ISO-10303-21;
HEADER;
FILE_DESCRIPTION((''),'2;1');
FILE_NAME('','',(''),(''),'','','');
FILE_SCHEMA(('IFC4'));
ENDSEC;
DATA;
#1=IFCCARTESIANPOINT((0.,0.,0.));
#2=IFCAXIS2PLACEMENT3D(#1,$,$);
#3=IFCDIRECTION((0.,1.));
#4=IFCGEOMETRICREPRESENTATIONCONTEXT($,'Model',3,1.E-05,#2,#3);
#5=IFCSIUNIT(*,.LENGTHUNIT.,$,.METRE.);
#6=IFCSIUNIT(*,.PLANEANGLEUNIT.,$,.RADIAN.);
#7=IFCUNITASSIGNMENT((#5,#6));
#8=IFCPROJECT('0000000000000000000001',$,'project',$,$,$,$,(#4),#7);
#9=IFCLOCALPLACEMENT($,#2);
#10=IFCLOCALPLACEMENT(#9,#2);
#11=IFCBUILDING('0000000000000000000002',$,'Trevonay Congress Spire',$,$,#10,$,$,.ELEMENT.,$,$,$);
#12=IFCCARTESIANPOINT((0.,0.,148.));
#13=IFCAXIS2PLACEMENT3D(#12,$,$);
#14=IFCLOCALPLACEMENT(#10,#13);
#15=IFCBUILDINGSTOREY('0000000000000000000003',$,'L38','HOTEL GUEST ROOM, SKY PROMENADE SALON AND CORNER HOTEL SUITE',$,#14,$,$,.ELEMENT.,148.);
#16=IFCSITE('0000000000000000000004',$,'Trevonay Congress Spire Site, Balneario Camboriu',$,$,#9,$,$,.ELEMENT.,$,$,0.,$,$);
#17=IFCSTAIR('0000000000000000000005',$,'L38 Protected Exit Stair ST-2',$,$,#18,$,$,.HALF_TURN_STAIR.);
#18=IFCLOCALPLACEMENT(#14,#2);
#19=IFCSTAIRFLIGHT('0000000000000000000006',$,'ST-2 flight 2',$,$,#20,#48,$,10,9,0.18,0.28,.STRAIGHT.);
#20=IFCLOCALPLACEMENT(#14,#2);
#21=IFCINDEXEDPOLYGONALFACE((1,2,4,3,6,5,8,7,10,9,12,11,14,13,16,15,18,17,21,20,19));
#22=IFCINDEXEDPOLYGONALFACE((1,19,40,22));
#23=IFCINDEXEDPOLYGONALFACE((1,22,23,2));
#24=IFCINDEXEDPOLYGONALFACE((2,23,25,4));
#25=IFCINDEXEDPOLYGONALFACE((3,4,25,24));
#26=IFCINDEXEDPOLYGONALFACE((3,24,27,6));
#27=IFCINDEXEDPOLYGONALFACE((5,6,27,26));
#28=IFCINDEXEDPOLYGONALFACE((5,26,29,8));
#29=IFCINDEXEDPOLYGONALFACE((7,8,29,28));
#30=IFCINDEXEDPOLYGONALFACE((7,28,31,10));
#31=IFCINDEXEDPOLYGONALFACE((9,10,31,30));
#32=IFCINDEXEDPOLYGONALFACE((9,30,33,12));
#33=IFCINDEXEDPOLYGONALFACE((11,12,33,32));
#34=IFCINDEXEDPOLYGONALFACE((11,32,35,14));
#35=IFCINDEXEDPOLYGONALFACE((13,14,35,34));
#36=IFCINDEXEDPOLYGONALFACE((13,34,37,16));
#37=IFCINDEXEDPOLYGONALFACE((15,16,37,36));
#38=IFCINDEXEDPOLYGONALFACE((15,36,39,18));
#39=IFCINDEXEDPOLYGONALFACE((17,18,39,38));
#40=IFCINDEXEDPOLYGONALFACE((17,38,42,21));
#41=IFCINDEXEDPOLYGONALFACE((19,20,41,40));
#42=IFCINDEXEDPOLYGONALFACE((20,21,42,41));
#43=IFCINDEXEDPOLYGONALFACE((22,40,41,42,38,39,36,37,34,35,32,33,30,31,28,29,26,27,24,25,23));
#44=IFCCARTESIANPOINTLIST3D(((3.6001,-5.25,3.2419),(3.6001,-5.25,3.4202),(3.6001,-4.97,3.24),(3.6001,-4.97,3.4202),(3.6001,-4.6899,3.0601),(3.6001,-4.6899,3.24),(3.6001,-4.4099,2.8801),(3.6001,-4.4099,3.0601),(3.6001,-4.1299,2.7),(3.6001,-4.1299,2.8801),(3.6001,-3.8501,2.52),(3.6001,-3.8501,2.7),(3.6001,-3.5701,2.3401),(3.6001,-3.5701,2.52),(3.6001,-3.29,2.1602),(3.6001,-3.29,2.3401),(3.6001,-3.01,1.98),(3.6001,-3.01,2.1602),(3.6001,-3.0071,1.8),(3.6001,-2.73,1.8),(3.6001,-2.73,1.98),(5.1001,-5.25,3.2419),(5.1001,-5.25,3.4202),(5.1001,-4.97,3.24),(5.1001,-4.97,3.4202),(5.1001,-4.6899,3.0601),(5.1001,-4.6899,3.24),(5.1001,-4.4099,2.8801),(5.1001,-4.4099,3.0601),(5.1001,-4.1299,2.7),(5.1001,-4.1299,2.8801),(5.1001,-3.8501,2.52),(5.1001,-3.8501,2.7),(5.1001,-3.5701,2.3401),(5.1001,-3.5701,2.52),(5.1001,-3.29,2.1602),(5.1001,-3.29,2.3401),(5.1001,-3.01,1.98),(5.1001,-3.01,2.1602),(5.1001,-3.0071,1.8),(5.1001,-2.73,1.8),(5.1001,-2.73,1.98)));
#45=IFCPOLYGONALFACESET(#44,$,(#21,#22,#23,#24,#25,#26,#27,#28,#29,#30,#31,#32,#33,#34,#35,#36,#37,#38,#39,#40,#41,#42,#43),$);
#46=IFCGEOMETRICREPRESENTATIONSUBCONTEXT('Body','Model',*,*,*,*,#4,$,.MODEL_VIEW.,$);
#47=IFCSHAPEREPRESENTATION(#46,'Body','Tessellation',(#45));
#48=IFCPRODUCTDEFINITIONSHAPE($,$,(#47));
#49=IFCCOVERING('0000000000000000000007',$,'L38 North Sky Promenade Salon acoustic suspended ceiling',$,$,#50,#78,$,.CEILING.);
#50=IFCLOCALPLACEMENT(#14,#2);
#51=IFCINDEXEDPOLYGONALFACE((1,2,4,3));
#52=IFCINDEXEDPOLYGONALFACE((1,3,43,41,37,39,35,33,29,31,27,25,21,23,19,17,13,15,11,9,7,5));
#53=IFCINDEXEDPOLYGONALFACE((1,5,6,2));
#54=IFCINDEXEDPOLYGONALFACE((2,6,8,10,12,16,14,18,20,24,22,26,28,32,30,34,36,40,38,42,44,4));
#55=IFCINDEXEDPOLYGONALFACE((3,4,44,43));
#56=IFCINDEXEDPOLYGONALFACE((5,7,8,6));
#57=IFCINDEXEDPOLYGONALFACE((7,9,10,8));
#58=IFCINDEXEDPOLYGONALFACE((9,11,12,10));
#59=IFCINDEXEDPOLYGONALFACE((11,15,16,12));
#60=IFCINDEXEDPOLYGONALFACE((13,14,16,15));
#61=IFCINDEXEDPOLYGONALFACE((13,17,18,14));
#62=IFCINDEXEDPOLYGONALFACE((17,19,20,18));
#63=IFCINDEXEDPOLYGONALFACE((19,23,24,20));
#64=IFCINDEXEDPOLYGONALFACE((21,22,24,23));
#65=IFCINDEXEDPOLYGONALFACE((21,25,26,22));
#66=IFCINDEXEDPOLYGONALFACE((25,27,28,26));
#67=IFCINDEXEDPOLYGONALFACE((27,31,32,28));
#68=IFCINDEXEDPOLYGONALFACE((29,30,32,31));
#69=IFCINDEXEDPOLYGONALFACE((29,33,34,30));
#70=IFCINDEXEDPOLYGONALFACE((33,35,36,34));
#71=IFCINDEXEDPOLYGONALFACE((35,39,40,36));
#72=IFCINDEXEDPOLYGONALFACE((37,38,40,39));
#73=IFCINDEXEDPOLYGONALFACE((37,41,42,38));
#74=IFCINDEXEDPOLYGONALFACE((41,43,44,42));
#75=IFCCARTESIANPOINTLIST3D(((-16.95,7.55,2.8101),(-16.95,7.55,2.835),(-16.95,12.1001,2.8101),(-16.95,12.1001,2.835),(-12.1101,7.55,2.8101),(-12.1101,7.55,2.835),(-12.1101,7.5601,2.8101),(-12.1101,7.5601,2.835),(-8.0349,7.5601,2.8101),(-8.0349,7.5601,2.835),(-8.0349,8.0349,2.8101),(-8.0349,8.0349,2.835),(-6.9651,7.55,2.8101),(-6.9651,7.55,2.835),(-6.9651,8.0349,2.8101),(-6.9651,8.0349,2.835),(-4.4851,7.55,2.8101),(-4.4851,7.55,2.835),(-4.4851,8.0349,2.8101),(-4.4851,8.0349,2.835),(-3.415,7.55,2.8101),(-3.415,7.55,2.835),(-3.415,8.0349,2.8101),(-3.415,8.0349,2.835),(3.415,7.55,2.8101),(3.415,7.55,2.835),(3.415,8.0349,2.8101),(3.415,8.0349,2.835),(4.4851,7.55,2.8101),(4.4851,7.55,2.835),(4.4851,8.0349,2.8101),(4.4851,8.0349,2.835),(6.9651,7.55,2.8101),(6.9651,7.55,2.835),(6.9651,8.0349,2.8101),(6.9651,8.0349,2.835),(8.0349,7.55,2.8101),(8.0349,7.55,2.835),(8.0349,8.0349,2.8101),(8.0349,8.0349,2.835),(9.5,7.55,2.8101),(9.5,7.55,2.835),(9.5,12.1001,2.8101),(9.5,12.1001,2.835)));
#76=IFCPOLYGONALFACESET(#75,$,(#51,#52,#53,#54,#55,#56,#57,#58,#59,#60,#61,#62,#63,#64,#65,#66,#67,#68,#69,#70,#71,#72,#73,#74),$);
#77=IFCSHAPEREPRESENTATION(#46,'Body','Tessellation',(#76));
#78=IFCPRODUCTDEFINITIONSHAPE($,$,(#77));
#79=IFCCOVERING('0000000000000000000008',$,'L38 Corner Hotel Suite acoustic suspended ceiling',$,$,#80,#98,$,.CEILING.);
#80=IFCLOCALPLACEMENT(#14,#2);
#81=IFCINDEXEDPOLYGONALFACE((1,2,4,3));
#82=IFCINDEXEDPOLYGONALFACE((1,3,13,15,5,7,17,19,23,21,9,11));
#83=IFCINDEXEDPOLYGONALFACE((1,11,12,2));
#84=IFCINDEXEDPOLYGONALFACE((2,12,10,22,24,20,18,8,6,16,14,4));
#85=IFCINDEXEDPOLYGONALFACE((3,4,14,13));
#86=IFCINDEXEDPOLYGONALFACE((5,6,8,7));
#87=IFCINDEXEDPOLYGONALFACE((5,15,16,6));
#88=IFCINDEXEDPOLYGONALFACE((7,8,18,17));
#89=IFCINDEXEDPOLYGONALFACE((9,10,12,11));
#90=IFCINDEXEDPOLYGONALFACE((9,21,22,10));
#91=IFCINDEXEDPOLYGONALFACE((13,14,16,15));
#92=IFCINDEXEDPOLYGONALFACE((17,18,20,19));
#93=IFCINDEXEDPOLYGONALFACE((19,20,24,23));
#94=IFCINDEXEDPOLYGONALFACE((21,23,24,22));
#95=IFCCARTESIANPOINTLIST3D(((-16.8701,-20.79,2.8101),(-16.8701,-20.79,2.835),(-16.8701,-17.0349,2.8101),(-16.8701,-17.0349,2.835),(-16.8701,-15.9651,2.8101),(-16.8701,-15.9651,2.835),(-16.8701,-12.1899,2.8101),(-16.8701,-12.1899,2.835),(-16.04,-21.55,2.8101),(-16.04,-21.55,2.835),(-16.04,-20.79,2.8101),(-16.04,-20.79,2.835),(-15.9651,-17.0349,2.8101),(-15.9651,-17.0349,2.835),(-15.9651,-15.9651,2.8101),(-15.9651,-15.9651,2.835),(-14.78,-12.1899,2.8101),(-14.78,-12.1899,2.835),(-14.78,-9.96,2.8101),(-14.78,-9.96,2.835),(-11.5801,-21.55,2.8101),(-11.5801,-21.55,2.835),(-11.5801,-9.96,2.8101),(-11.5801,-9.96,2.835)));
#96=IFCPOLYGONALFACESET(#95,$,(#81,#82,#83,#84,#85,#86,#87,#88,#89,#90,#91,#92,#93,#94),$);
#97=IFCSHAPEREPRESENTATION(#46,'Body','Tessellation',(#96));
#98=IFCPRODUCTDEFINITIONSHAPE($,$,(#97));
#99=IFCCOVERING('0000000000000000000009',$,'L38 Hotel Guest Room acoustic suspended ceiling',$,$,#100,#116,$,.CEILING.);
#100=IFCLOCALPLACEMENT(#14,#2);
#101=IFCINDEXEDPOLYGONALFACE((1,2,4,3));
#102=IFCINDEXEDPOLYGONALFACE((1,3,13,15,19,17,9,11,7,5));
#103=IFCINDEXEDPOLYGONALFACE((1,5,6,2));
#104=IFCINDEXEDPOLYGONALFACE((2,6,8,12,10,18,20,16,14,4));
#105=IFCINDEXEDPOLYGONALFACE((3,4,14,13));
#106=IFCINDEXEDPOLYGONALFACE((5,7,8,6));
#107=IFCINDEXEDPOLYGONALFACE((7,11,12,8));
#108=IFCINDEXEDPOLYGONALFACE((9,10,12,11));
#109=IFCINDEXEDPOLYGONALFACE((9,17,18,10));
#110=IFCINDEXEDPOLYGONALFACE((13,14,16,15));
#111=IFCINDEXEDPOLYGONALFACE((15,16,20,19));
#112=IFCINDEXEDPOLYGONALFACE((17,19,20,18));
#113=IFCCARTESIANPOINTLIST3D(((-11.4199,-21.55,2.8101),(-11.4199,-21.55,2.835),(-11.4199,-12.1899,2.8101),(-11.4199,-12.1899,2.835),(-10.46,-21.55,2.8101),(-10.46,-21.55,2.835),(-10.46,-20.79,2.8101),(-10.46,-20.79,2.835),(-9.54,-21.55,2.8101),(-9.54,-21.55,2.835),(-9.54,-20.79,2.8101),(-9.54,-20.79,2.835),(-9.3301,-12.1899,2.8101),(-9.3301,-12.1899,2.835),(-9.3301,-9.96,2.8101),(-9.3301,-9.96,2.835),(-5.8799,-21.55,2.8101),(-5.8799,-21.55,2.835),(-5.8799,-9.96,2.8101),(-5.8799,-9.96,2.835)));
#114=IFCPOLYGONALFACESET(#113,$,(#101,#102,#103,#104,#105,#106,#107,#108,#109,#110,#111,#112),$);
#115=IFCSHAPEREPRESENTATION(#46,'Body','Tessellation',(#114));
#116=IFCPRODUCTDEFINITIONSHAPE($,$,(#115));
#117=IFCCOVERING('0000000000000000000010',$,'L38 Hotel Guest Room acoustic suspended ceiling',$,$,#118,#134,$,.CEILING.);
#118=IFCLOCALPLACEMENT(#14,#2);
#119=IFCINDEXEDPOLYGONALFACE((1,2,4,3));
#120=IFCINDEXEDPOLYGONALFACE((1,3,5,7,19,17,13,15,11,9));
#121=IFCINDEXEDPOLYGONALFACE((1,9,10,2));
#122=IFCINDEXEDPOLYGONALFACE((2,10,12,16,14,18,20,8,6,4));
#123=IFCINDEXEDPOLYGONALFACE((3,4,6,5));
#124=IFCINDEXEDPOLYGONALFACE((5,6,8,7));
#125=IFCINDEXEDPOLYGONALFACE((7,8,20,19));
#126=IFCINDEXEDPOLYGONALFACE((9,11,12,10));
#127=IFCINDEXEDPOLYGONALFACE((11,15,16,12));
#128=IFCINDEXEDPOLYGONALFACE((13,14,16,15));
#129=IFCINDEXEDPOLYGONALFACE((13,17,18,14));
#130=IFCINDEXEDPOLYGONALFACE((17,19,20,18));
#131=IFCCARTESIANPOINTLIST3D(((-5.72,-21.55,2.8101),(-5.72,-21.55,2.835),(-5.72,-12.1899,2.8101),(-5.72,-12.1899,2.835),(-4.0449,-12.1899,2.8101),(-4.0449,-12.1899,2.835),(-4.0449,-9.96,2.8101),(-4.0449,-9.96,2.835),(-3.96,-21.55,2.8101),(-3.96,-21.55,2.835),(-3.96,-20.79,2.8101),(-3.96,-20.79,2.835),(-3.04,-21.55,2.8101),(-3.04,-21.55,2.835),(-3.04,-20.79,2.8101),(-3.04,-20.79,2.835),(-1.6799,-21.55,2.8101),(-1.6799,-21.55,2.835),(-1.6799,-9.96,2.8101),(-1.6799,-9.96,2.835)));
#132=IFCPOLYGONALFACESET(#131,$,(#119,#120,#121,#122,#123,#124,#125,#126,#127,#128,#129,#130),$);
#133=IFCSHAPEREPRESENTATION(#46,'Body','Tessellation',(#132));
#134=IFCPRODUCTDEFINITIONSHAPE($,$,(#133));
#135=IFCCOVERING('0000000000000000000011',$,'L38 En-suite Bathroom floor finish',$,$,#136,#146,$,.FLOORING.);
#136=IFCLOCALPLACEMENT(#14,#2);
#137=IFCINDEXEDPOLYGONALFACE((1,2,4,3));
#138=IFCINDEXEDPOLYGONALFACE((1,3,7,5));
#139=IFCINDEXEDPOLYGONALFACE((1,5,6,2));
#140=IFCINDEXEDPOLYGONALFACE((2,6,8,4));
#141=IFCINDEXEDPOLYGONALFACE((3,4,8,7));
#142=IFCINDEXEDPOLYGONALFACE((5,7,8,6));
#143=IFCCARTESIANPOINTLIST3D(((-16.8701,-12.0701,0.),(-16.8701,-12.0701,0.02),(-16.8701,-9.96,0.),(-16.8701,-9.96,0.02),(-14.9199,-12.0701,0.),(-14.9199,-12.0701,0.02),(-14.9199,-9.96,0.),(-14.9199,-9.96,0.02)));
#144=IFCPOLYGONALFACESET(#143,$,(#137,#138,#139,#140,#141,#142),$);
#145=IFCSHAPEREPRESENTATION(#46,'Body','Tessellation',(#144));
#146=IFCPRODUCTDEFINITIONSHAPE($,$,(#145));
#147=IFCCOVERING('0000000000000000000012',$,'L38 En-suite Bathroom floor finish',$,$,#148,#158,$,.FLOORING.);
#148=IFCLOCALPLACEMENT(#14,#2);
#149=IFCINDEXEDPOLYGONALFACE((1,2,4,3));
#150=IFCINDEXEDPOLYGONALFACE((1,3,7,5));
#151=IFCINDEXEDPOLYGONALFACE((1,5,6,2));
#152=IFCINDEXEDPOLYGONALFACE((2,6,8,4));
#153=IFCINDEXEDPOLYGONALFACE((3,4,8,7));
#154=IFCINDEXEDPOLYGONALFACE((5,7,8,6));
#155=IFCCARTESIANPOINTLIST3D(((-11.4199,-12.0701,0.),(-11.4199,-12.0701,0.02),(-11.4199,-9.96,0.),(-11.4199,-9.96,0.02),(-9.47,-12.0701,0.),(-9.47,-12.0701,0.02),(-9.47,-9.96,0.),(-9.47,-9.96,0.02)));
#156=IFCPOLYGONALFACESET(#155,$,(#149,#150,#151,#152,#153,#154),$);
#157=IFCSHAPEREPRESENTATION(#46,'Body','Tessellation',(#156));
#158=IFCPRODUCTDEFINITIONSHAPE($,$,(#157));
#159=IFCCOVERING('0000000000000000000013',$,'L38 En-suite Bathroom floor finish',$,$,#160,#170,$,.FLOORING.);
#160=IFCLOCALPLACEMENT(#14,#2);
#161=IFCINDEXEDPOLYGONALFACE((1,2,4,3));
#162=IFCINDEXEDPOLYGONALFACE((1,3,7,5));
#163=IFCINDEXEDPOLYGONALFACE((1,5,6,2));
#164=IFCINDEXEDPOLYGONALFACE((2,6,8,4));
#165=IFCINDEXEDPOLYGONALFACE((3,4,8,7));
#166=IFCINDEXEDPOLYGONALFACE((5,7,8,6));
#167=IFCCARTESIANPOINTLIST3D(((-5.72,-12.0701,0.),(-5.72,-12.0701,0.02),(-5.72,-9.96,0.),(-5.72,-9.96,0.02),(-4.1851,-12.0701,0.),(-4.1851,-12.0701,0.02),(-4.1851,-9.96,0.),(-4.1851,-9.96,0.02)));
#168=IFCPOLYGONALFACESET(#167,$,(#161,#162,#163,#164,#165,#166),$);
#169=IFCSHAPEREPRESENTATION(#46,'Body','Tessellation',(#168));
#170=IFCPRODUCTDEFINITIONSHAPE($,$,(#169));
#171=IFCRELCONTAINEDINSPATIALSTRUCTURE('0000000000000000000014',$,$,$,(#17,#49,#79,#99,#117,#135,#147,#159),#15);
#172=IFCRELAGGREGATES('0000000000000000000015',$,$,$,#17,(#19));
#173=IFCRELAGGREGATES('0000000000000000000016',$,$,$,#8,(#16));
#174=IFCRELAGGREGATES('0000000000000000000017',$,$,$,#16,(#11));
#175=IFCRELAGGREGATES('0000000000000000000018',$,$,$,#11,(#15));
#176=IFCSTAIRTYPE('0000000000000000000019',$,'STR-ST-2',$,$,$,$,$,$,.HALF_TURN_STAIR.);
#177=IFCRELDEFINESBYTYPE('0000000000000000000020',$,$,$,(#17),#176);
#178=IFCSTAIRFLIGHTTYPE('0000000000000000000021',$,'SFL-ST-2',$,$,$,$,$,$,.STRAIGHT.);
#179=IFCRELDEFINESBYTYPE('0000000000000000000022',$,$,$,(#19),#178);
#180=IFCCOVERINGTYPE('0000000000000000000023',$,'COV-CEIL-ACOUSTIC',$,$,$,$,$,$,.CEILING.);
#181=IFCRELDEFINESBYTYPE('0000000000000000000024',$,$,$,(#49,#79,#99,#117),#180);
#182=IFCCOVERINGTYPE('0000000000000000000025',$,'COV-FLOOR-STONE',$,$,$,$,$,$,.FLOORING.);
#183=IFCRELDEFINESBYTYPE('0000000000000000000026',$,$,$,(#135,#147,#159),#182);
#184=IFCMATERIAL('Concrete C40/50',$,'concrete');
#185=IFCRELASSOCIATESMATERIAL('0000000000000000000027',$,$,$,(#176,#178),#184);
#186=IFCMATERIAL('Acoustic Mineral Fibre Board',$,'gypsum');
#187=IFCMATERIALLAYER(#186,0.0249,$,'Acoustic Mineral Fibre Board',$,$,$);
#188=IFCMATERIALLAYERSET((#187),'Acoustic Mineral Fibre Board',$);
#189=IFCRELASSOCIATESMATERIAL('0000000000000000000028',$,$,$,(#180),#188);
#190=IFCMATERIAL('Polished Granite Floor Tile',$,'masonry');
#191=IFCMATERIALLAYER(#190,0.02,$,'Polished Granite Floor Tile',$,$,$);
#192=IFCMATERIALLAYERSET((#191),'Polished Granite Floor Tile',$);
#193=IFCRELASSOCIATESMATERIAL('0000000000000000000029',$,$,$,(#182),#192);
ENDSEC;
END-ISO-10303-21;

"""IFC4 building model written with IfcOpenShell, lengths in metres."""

from ifc_helpers import new_model, si_unit, direction, frame, origin, place, context, subcontext, project, spatial, polyline, outline, extrude, material, layer, layer_set, type_object, element, aggregate, save


model = new_model("IFC4")

# Units and contexts
model_context = context("Model", 3, precision=1e-05, world=origin(), true_north=direction((0.0, 1.0)))
body_context = subcontext(model_context, "Body", "Model", "MODEL_VIEW")
ifc_project = project(units=[si_unit("LENGTHUNIT", "METRE"), si_unit("PLANEANGLEUNIT", "RADIAN")], contexts=[model_context])

# Site, building, storey
site_placement = place(None, origin())
site = spatial("IfcSite", under=ifc_project, at=site_placement, Name="Trevonay Congress Spire Site, Balneario Camboriu", CompositionType="ELEMENT", RefElevation=0.0)
building_placement = place(site_placement, origin())
building = spatial("IfcBuilding", under=site, at=building_placement, Name="Trevonay Congress Spire", CompositionType="ELEMENT")
storey_placement = place(building_placement, frame((0.0, 0.0, 148.0)))
storey = spatial("IfcBuildingStorey", under=building, at=storey_placement, Name="L38", Description="HOTEL GUEST ROOM, SKY PROMENADE SALON AND CORNER HOTEL SUITE", CompositionType="ELEMENT", Elevation=148.0)

# Shared definitions
ifc_material_1 = material(Name="Concrete C40/50", Category="concrete")

# Stair, stair flight
stair_type = type_object("IfcStairType", Name="STR-ST-2", PredefinedType="HALF_TURN_STAIR", material=ifc_material_1)
stair_placement = place(storey_placement, origin())
stair = element("IfcStair", 1, at=stair_placement, inside=storey, type_object=stair_type, Name="L38 Protected Exit Stair ST-2", PredefinedType="HALF_TURN_STAIR")
stair_flight_type = type_object("IfcStairFlightType", Name="SFL-ST-2", PredefinedType="STRAIGHT", material=ifc_material_1)
stair_flight_1_placement = place(storey_placement, frame((4.3501, -2.73, 1.8), z_axis=(0.0, 0.0, 1.0), x_axis=(0.0, -1.0, 0.0)))
stair_flight_1 = element("IfcStairFlight", 2, at=stair_flight_1_placement, type_object=stair_flight_type, Name="ST-2 flight 2", NumberOfRisers=10, NumberOfTreads=9, PredefinedType="STRAIGHT", RiserHeight=0.18, TreadLength=0.28, context=body_context, shape_type="SweptSolid", body=[
    extrude(outline(polyline([(0.0, 0.0), (0.0, 0.1799), (0.28, 0.1799), (0.28, 0.3601), (0.5601, 0.3601), (0.5601, 0.54), (0.8401, 0.54), (0.8401, 0.72), (1.1201, 0.72), (1.1201, 0.8999), (1.3999, 0.8999), (1.3999, 1.0801), (1.6799, 1.0801), (1.6799, 1.26), (1.96, 1.26), (1.96, 1.4399), (2.24, 1.4399), (2.24, 1.6201), (2.52, 1.6201), (2.52, 1.8), (2.52, 1.4419), (0.2771, 0.0), (0.0, 0.0)])), frame((0.0, 0.75, 0.0), z_axis=(0.0, -1.0, 0.0), x_axis=(1.0, 0.0, 0.0)), (0.0, 0.0, 1.0), 1.5),
])
aggregate(stair, [stair_flight_1])

# Coverings
ifc_material_2 = material(Name="Acoustic Mineral Fibre Board", Category="gypsum")
ifc_layer_1 = layer(ifc_material_2, 0.0249, Name="Acoustic Mineral Fibre Board")
ifc_layer_set_1 = layer_set([ifc_layer_1], Name="Acoustic Mineral Fibre Board")
covering_type_1 = type_object("IfcCoveringType", Name="COV-CEIL-ACOUSTIC", PredefinedType="CEILING", material=ifc_layer_set_1)
covering_1_placement = place(storey_placement, frame((0.0, 0.0, 2.8101)))
element("IfcCovering", 3, at=covering_1_placement, inside=storey, type_object=covering_type_1, Name="L38 North Sky Promenade Salon acoustic suspended ceiling", PredefinedType="CEILING", context=body_context, shape_type="SweptSolid", body=[
    extrude(outline(polyline([(-16.95, 12.1001), (9.5, 12.1001), (9.5, 7.55), (8.0349, 7.55), (8.0349, 8.0349), (6.9651, 8.0349), (6.9651, 7.55), (4.4851, 7.55), (4.4851, 8.0349), (3.415, 8.0349), (3.415, 7.55), (-3.415, 7.55), (-3.415, 8.0349), (-4.4851, 8.0349), (-4.4851, 7.55), (-6.9651, 7.55), (-6.9651, 8.0349), (-8.0349, 8.0349), (-8.0349, 7.5601), (-12.1101, 7.5601), (-12.1101, 7.55), (-16.95, 7.55), (-16.95, 12.1001)])), origin(), (0.0, 0.0, 1.0), 0.0249),
])
covering_2_placement = place(storey_placement, frame((0.0, 0.0, 2.8101)))
element("IfcCovering", 4, at=covering_2_placement, inside=storey, type_object=covering_type_1, Name="L38 Corner Hotel Suite acoustic suspended ceiling", PredefinedType="CEILING", context=body_context, shape_type="SweptSolid", body=[
    extrude(outline(polyline([(-16.8701, -12.1899), (-14.78, -12.1899), (-14.78, -9.96), (-11.5801, -9.96), (-11.5801, -21.55), (-16.04, -21.55), (-16.04, -20.79), (-16.8701, -20.79), (-16.8701, -17.0349), (-15.9651, -17.0349), (-15.9651, -15.9651), (-16.8701, -15.9651), (-16.8701, -12.1899)])), origin(), (0.0, 0.0, 1.0), 0.0249),
])
covering_3_placement = place(storey_placement, frame((0.0, 0.0, 2.8101)))
element("IfcCovering", 5, at=covering_3_placement, inside=storey, type_object=covering_type_1, Name="L38 Hotel Guest Room acoustic suspended ceiling", PredefinedType="CEILING", context=body_context, shape_type="SweptSolid", body=[
    extrude(outline(polyline([(-11.4199, -21.55), (-11.4199, -12.1899), (-9.3301, -12.1899), (-9.3301, -9.96), (-5.8799, -9.96), (-5.8799, -21.55), (-9.54, -21.55), (-9.54, -20.79), (-10.46, -20.79), (-10.46, -21.55), (-11.4199, -21.55)])), origin(), (0.0, 0.0, 1.0), 0.0249),
])
covering_4_placement = place(storey_placement, frame((0.0, 0.0, 2.8101)))
element("IfcCovering", 6, at=covering_4_placement, inside=storey, type_object=covering_type_1, Name="L38 Hotel Guest Room acoustic suspended ceiling", PredefinedType="CEILING", context=body_context, shape_type="SweptSolid", body=[
    extrude(outline(polyline([(-5.72, -21.55), (-5.72, -12.1899), (-4.0449, -12.1899), (-4.0449, -9.96), (-1.6799, -9.96), (-1.6799, -21.55), (-3.04, -21.55), (-3.04, -20.79), (-3.96, -20.79), (-3.96, -21.55), (-5.72, -21.55)])), origin(), (0.0, 0.0, 1.0), 0.0249),
])
ifc_material_3 = material(Name="Polished Granite Floor Tile", Category="masonry")
ifc_layer_2 = layer(ifc_material_3, 0.02, Name="Polished Granite Floor Tile")
ifc_layer_set_2 = layer_set([ifc_layer_2], Name="Polished Granite Floor Tile")
covering_type_2 = type_object("IfcCoveringType", Name="COV-FLOOR-STONE", PredefinedType="FLOORING", material=ifc_layer_set_2)
covering_5_placement = place(storey_placement, origin())
element("IfcCovering", 7, at=covering_5_placement, inside=storey, type_object=covering_type_2, Name="L38 En-suite Bathroom floor finish", PredefinedType="FLOORING", context=body_context, shape_type="SweptSolid", body=[
    extrude(outline(polyline([(-16.8701, -12.0701), (-14.9199, -12.0701), (-14.9199, -9.96), (-16.8701, -9.96), (-16.8701, -12.0701)])), origin(), (0.0, 0.0, 1.0), 0.02),
])
covering_6_placement = place(storey_placement, origin())
element("IfcCovering", 8, at=covering_6_placement, inside=storey, type_object=covering_type_2, Name="L38 En-suite Bathroom floor finish", PredefinedType="FLOORING", context=body_context, shape_type="SweptSolid", body=[
    extrude(outline(polyline([(-11.4199, -12.0701), (-9.47, -12.0701), (-9.47, -9.96), (-11.4199, -9.96), (-11.4199, -12.0701)])), origin(), (0.0, 0.0, 1.0), 0.02),
])
covering_7_placement = place(storey_placement, origin())
element("IfcCovering", 9, at=covering_7_placement, inside=storey, type_object=covering_type_2, Name="L38 En-suite Bathroom floor finish", PredefinedType="FLOORING", context=body_context, shape_type="SweptSolid", body=[
    extrude(outline(polyline([(-5.72, -12.0701), (-4.1851, -12.0701), (-4.1851, -9.96), (-5.72, -9.96), (-5.72, -12.0701)])), origin(), (0.0, 0.0, 1.0), 0.02),
])

save(model, "model.ifc")
